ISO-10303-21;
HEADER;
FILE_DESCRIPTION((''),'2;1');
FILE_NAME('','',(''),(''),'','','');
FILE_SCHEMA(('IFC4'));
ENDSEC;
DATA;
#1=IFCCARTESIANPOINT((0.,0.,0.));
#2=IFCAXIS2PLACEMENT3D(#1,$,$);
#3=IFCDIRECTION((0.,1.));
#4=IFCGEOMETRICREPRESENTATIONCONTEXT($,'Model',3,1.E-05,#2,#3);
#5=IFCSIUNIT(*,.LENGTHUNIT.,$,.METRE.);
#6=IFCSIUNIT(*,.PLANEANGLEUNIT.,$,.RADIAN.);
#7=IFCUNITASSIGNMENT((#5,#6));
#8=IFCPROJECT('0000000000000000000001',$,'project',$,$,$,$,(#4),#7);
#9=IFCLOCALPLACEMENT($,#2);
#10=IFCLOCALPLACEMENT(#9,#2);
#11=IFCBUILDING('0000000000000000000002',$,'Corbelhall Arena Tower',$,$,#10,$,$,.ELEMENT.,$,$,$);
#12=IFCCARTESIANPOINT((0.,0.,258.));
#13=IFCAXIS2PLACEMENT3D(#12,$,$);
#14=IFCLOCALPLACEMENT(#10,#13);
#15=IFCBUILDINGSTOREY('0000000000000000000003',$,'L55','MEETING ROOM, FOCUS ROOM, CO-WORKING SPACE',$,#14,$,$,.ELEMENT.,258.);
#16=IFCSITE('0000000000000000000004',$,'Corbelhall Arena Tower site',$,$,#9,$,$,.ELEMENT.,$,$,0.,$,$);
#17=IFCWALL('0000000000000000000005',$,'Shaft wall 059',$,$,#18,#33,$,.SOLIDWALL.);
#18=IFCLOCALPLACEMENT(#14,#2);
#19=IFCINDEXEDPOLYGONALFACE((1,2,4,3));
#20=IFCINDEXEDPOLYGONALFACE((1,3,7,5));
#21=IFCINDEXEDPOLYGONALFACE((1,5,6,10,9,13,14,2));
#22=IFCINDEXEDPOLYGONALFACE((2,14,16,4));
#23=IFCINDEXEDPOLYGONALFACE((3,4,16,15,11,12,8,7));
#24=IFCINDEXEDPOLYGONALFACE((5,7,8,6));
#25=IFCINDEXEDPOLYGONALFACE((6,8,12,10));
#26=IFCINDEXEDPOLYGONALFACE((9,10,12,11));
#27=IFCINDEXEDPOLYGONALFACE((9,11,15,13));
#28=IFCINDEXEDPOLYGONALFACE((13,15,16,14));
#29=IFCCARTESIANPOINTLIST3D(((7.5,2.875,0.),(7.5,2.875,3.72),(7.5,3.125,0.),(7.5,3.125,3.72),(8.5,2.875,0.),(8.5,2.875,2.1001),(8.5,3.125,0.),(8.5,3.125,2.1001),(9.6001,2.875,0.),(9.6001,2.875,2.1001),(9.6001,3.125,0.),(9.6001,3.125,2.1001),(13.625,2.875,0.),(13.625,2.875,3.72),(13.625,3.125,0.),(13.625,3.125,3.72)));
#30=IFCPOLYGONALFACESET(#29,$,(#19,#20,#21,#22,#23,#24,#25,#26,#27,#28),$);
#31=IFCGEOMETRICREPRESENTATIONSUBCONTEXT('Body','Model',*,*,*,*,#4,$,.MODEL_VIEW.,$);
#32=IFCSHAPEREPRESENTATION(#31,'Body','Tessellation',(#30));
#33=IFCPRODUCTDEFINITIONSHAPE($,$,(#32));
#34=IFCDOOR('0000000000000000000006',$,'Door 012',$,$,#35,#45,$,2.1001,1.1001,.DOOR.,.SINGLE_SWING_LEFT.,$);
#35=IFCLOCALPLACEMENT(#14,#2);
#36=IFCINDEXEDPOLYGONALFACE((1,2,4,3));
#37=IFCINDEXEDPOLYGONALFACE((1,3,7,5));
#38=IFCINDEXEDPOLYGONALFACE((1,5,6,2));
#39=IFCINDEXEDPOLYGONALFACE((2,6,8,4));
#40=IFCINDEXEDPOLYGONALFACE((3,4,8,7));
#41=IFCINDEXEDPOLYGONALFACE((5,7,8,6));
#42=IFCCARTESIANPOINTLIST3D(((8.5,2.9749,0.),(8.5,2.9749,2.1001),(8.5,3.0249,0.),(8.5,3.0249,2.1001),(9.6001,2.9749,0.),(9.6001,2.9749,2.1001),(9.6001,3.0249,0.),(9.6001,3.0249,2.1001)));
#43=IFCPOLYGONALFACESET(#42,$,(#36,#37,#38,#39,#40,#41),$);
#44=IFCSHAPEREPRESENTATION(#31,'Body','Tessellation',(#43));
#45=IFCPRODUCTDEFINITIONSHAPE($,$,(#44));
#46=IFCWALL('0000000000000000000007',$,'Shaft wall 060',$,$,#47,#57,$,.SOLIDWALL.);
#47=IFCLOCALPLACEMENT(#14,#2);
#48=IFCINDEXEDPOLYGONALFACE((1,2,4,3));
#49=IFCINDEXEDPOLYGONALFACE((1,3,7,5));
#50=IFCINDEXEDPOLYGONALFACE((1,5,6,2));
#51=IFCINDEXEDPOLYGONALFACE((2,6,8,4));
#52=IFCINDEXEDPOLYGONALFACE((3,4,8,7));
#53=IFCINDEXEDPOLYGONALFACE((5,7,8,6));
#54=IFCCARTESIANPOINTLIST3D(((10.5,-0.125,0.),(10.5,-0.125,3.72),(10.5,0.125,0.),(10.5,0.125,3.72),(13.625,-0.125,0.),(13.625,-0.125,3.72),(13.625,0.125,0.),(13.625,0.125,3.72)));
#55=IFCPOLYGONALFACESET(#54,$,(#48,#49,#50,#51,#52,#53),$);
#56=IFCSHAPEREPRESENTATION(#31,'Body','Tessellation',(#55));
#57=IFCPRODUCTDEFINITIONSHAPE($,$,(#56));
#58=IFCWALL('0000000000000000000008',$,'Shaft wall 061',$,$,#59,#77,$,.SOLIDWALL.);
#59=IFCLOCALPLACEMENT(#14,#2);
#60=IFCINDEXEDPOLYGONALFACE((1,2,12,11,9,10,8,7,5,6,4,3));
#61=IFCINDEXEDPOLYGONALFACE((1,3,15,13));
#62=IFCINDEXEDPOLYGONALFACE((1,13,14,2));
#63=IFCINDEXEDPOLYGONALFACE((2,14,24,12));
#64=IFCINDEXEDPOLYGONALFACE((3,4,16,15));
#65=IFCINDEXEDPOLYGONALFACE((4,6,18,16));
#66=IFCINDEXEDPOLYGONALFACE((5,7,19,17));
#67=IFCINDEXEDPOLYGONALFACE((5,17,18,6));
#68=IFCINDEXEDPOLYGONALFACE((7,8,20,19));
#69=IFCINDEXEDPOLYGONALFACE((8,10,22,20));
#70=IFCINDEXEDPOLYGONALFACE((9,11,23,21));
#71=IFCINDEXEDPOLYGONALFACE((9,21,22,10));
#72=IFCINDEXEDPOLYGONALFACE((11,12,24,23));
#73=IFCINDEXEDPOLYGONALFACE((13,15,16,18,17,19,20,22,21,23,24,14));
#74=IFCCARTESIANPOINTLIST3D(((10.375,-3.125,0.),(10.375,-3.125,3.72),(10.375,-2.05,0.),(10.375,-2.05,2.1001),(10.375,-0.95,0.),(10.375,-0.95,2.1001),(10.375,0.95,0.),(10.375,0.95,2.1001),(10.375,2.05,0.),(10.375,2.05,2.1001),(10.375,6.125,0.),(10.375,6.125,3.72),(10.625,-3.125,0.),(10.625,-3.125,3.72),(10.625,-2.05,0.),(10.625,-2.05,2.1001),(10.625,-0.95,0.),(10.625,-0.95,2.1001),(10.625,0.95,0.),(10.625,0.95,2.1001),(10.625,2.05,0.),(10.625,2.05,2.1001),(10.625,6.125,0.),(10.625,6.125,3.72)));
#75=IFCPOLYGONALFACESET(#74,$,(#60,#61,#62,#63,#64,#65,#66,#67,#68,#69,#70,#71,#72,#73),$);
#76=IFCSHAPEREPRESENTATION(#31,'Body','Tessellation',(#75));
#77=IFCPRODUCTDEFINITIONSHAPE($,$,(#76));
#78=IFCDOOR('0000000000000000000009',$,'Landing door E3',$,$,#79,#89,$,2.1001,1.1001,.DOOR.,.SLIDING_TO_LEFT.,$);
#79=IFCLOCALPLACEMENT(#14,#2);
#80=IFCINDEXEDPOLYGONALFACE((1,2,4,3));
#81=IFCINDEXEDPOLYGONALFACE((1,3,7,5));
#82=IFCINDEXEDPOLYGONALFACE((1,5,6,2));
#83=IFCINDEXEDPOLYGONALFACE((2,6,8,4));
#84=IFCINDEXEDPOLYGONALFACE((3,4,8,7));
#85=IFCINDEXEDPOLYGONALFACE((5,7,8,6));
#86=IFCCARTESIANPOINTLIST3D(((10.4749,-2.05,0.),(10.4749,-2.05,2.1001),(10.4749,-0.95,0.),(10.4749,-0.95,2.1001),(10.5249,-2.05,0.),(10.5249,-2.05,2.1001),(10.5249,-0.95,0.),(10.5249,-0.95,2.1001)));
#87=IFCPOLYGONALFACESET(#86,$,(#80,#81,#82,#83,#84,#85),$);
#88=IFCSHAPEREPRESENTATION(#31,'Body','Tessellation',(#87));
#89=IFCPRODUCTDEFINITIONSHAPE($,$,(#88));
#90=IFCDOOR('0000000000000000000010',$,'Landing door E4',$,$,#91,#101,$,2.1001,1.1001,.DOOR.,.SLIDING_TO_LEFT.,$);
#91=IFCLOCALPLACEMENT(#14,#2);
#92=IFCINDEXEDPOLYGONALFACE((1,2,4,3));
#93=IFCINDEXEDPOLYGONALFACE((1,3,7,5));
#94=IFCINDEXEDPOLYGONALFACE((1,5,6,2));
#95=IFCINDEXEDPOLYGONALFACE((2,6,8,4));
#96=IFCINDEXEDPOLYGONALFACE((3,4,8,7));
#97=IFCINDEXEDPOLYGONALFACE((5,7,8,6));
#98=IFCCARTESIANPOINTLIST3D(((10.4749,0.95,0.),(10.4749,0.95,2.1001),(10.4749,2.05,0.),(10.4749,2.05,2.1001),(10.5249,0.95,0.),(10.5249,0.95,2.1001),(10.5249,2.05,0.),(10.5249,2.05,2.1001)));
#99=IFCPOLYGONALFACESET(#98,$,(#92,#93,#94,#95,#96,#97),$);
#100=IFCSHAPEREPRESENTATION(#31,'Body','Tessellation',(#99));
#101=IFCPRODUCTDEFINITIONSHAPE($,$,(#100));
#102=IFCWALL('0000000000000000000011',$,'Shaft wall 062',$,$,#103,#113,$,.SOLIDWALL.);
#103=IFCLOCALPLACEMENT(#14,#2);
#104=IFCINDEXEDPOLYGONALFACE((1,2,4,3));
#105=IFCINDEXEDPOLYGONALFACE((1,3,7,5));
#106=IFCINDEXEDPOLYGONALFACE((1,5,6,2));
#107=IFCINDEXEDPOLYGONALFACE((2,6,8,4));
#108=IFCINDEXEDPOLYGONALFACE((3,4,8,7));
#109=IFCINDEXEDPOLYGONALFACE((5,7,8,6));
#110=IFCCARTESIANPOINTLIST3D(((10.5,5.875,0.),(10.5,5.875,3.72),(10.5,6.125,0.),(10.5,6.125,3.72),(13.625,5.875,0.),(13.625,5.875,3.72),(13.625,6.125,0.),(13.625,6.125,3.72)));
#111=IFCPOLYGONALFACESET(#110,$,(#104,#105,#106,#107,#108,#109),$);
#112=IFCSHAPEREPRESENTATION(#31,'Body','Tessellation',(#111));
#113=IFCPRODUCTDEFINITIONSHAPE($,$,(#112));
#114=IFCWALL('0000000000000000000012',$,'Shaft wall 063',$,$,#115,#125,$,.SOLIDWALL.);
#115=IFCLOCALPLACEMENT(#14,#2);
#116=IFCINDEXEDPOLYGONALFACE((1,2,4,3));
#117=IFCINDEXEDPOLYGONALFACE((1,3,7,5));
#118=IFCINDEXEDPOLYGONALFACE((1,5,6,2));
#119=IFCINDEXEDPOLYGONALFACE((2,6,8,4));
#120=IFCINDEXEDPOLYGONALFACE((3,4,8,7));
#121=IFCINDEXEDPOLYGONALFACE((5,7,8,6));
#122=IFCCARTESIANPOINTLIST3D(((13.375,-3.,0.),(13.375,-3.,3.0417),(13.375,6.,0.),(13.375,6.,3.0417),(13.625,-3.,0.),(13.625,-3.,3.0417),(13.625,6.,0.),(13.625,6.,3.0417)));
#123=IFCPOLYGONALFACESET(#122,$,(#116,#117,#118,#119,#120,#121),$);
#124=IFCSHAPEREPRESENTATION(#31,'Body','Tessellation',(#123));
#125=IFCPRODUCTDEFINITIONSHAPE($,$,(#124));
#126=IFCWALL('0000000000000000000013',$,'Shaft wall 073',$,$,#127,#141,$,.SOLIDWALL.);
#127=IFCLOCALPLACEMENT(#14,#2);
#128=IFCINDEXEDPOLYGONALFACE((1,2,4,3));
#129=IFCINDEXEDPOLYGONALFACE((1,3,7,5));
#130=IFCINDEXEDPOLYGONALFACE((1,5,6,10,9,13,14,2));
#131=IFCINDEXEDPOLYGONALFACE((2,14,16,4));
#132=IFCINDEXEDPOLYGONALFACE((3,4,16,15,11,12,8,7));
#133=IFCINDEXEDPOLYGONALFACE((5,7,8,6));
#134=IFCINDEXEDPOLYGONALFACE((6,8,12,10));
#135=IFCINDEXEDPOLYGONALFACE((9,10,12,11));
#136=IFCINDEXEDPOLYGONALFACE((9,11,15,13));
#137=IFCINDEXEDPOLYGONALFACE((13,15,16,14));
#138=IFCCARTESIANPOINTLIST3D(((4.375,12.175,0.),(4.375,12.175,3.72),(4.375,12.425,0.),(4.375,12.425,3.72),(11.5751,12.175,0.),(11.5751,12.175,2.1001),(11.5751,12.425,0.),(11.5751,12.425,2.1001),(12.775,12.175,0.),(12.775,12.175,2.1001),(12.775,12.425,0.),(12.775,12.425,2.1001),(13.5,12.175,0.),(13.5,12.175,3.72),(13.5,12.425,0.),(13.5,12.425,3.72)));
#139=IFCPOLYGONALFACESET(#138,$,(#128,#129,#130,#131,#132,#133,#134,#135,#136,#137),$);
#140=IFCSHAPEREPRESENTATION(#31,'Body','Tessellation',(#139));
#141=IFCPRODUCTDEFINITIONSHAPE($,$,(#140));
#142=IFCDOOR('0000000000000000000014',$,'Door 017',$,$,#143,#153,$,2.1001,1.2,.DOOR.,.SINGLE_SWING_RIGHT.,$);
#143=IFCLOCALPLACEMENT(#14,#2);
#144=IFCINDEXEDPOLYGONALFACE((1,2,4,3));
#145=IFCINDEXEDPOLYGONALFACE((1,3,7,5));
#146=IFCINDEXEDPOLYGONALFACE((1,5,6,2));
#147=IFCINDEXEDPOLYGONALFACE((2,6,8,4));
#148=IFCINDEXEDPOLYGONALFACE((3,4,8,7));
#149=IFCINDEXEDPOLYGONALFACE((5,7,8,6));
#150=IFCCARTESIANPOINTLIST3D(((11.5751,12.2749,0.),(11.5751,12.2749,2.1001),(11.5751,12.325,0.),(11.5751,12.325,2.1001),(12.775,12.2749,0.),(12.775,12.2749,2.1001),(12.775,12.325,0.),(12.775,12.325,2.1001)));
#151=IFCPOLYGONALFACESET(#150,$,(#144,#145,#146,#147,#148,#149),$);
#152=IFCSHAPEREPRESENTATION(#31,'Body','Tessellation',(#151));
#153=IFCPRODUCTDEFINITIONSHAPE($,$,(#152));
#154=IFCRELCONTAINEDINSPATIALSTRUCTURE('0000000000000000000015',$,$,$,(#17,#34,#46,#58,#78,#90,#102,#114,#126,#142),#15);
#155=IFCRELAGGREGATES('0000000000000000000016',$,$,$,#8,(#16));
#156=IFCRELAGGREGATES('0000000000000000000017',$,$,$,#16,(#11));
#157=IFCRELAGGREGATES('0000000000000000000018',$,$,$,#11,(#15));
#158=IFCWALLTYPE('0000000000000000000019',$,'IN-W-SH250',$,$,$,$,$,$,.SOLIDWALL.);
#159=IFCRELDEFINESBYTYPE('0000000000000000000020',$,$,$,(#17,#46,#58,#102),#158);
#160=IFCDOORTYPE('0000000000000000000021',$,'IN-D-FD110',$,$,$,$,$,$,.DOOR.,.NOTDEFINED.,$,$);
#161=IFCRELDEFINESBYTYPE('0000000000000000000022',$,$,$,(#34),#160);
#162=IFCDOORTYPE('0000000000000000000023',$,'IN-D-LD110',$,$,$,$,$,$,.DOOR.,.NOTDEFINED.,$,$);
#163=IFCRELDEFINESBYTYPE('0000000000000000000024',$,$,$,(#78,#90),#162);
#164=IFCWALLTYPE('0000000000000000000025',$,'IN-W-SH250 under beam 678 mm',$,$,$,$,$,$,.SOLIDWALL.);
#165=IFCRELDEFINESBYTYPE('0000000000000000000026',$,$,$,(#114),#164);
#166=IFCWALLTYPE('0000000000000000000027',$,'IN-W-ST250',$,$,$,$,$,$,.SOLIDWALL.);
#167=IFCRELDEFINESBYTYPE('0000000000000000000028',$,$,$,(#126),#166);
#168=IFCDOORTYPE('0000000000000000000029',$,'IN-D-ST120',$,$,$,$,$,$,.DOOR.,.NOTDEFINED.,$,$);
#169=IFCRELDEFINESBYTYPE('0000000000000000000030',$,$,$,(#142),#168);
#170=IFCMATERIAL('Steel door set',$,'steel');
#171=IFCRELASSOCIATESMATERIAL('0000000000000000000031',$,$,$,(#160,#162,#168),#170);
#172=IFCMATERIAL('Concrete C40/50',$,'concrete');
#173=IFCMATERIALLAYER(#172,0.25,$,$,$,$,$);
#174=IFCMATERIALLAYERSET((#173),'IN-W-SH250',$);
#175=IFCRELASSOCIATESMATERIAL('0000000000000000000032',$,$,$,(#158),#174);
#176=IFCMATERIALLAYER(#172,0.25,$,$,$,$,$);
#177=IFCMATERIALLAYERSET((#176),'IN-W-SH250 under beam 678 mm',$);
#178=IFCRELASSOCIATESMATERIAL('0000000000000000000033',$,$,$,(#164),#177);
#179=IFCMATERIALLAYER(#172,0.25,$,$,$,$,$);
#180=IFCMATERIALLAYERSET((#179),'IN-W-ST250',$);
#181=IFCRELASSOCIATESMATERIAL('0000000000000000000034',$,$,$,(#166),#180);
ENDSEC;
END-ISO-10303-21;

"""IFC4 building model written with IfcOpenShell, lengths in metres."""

from ifc_helpers import new_model, si_unit, direction, frame, frame_2d, origin, place, context, subcontext, project, spatial, rectangle, extrude, material, layer, layer_set, type_object, element, fill, save


model = new_model("IFC4")

# Units and contexts
model_context = context("Model", 3, precision=1e-05, world=origin(), true_north=direction((0.0, 1.0)))
body_context = subcontext(model_context, "Body", "Model", "MODEL_VIEW")
ifc_project = project(units=[si_unit("LENGTHUNIT", "METRE"), si_unit("PLANEANGLEUNIT", "RADIAN")], contexts=[model_context])

# Site, building, storey
site_placement = place(None, origin())
site = spatial("IfcSite", under=ifc_project, at=site_placement, Name="Corbelhall Arena Tower site", CompositionType="ELEMENT", RefElevation=0.0)
building_placement = place(site_placement, origin())
building = spatial("IfcBuilding", under=site, at=building_placement, Name="Corbelhall Arena Tower", CompositionType="ELEMENT")
storey_placement = place(building_placement, frame((0.0, 0.0, 258.0)))
storey = spatial("IfcBuildingStorey", under=building, at=storey_placement, Name="L55", Description="MEETING ROOM, FOCUS ROOM, CO-WORKING SPACE", CompositionType="ELEMENT", Elevation=258.0)

# Shared definitions
ifc_material_1 = material(Name="Steel door set", Category="steel")
door_type_1 = type_object("IfcDoorType", Name="IN-D-FD110", OperationType="NOTDEFINED", PredefinedType="DOOR", material=ifc_material_1)

# Shared definitions
ifc_material_2 = material(Name="Concrete C40/50", Category="concrete")
ifc_layer_1 = layer(ifc_material_2, 0.25)
ifc_layer_set_1 = layer_set([ifc_layer_1], Name="IN-W-SH250")
wall_type_1 = type_object("IfcWallType", Name="IN-W-SH250", PredefinedType="SOLIDWALL", material=ifc_layer_set_1)

# Wall, opening, door
wall_1_placement = place(storey_placement, frame((7.5, 3.0, 0.0), z_axis=(0.0, 0.0, 1.0), x_axis=(1.0, 0.0, 0.0)))
wall_1 = element("IfcWall", 1, at=wall_1_placement, inside=storey, type_object=wall_type_1, Name="Shaft wall 059", PredefinedType="SOLIDWALL", context=body_context, shape_type="SweptSolid", body=[
    extrude(rectangle(XDim=6.125, YDim=0.25, at=frame_2d((3.0625, 0.0))), origin(), (0.0, 0.0, 1.0), 3.72),
])
opening_1_placement = place(wall_1_placement, frame((1.0, 0.0, 0.0)))
opening_1 = element("IfcOpeningElement", 2, at=opening_1_placement, cuts=wall_1, PredefinedType="OPENING", context=body_context, shape_type="SweptSolid", body=[
    extrude(rectangle(XDim=1.1001, YDim=2.1001, at=frame_2d((0.55, 1.05))), frame((0.0, 0.125, 0.0), z_axis=(0.0, -1.0, 0.0), x_axis=(1.0, 0.0, 0.0)), (0.0, 0.0, 1.0), 0.25),
])
door_1_placement = place(opening_1_placement, origin())
door_1 = element("IfcDoor", 3, at=door_1_placement, inside=storey, type_object=door_type_1, Name="Door 012", OperationType="SINGLE_SWING_LEFT", OverallHeight=2.1001, OverallWidth=1.1001, PredefinedType="DOOR", context=body_context, shape_type="SweptSolid", body=[
    extrude(rectangle(XDim=1.1001, YDim=2.1001, at=frame_2d((0.55, 1.05))), frame((0.0, 0.0249, 0.0), z_axis=(0.0, -1.0, 0.0), x_axis=(1.0, 0.0, 0.0)), (0.0, 0.0, 1.0), 0.05),
])
fill(opening_1, door_1)

# Wall
wall_2_placement = place(storey_placement, frame((10.5, 0.0, 0.0), z_axis=(0.0, 0.0, 1.0), x_axis=(1.0, 0.0, 0.0)))
element("IfcWall", 4, at=wall_2_placement, inside=storey, type_object=wall_type_1, Name="Shaft wall 060", PredefinedType="SOLIDWALL", context=body_context, shape_type="SweptSolid", body=[
    extrude(rectangle(XDim=3.125, YDim=0.25, at=frame_2d((1.5625, 0.0))), origin(), (0.0, 0.0, 1.0), 3.72),
])

# Wall, openings, doors
wall_3_placement = place(storey_placement, frame((10.5, 6.125, 0.0), z_axis=(0.0, 0.0, 1.0), x_axis=(0.0, -1.0, 0.0)))
wall_3 = element("IfcWall", 5, at=wall_3_placement, inside=storey, type_object=wall_type_1, Name="Shaft wall 061", PredefinedType="SOLIDWALL", context=body_context, shape_type="SweptSolid", body=[
    extrude(rectangle(XDim=9.25, YDim=0.25, at=frame_2d((4.625, 0.0))), origin(), (0.0, 0.0, 1.0), 3.72),
])
opening_2_placement = place(wall_3_placement, frame((7.075, 0.0, 0.0)))
opening_2 = element("IfcOpeningElement", 6, at=opening_2_placement, cuts=wall_3, PredefinedType="OPENING", context=body_context, shape_type="SweptSolid", body=[
    extrude(rectangle(XDim=1.1001, YDim=2.1001, at=frame_2d((0.55, 1.05))), frame((0.0, 0.125, 0.0), z_axis=(0.0, -1.0, 0.0), x_axis=(1.0, 0.0, 0.0)), (0.0, 0.0, 1.0), 0.25),
])
opening_3_placement = place(wall_3_placement, frame((4.075, 0.0, 0.0)))
opening_3 = element("IfcOpeningElement", 7, at=opening_3_placement, cuts=wall_3, PredefinedType="OPENING", context=body_context, shape_type="SweptSolid", body=[
    extrude(rectangle(XDim=1.1001, YDim=2.1001, at=frame_2d((0.55, 1.05))), frame((0.0, 0.125, 0.0), z_axis=(0.0, -1.0, 0.0), x_axis=(1.0, 0.0, 0.0)), (0.0, 0.0, 1.0), 0.25),
])
door_type_2 = type_object("IfcDoorType", Name="IN-D-LD110", OperationType="NOTDEFINED", PredefinedType="DOOR", material=ifc_material_1)
door_2_placement = place(opening_2_placement, origin())
door_2 = element("IfcDoor", 8, at=door_2_placement, inside=storey, type_object=door_type_2, Name="Landing door E3", OperationType="SLIDING_TO_LEFT", OverallHeight=2.1001, OverallWidth=1.1001, PredefinedType="DOOR", context=body_context, shape_type="SweptSolid", body=[
    extrude(rectangle(XDim=1.1001, YDim=2.1001, at=frame_2d((0.55, 1.05))), frame((0.0, 0.0249, 0.0), z_axis=(0.0, -1.0, 0.0), x_axis=(1.0, 0.0, 0.0)), (0.0, 0.0, 1.0), 0.05),
])
fill(opening_2, door_2)
door_3_placement = place(opening_3_placement, origin())
door_3 = element("IfcDoor", 9, at=door_3_placement, inside=storey, type_object=door_type_2, Name="Landing door E4", OperationType="SLIDING_TO_LEFT", OverallHeight=2.1001, OverallWidth=1.1001, PredefinedType="DOOR", context=body_context, shape_type="SweptSolid", body=[
    extrude(rectangle(XDim=1.1001, YDim=2.1001, at=frame_2d((0.55, 1.05))), frame((0.0, 0.0249, 0.0), z_axis=(0.0, -1.0, 0.0), x_axis=(1.0, 0.0, 0.0)), (0.0, 0.0, 1.0), 0.05),
])
fill(opening_3, door_3)

# Walls
wall_4_placement = place(storey_placement, frame((10.5, 6.0, 0.0), z_axis=(0.0, 0.0, 1.0), x_axis=(1.0, 0.0, 0.0)))
element("IfcWall", 10, at=wall_4_placement, inside=storey, type_object=wall_type_1, Name="Shaft wall 062", PredefinedType="SOLIDWALL", context=body_context, shape_type="SweptSolid", body=[
    extrude(rectangle(XDim=3.125, YDim=0.25, at=frame_2d((1.5625, 0.0))), origin(), (0.0, 0.0, 1.0), 3.72),
])
ifc_layer_2 = layer(ifc_material_2, 0.25)
ifc_layer_set_2 = layer_set([ifc_layer_2], Name="IN-W-SH250 under beam 678 mm")
wall_type_2 = type_object("IfcWallType", Name="IN-W-SH250 under beam 678 mm", PredefinedType="SOLIDWALL", material=ifc_layer_set_2)
wall_5_placement = place(storey_placement, frame((13.5, 6.0, 0.0), z_axis=(0.0, 0.0, 1.0), x_axis=(0.0, -1.0, 0.0)))
element("IfcWall", 11, at=wall_5_placement, inside=storey, type_object=wall_type_2, Name="Shaft wall 063", PredefinedType="SOLIDWALL", context=body_context, shape_type="SweptSolid", body=[
    extrude(rectangle(XDim=9.0, YDim=0.25, at=frame_2d((4.5, 0.0))), origin(), (0.0, 0.0, 1.0), 3.0417),
])

# Wall, opening, door
ifc_layer_3 = layer(ifc_material_2, 0.25)
ifc_layer_set_3 = layer_set([ifc_layer_3], Name="IN-W-ST250")
wall_type_3 = type_object("IfcWallType", Name="IN-W-ST250", PredefinedType="SOLIDWALL", material=ifc_layer_set_3)
wall_6_placement = place(storey_placement, frame((4.375, 12.3, 0.0), z_axis=(0.0, 0.0, 1.0), x_axis=(1.0, 0.0, 0.0)))
wall_6 = element("IfcWall", 12, at=wall_6_placement, inside=storey, type_object=wall_type_3, Name="Shaft wall 073", PredefinedType="SOLIDWALL", context=body_context, shape_type="SweptSolid", body=[
    extrude(rectangle(XDim=9.125, YDim=0.25, at=frame_2d((4.5625, 0.0))), origin(), (0.0, 0.0, 1.0), 3.72),
])
opening_4_placement = place(wall_6_placement, frame((7.2, 0.0, 0.0)))
opening_4 = element("IfcOpeningElement", 13, at=opening_4_placement, cuts=wall_6, PredefinedType="OPENING", context=body_context, shape_type="SweptSolid", body=[
    extrude(rectangle(XDim=1.2, YDim=2.1001, at=frame_2d((0.6001, 1.05))), frame((0.0, 0.125, 0.0), z_axis=(0.0, -1.0, 0.0), x_axis=(1.0, 0.0, 0.0)), (0.0, 0.0, 1.0), 0.25),
])
door_type_3 = type_object("IfcDoorType", Name="IN-D-ST120", OperationType="NOTDEFINED", PredefinedType="DOOR", material=ifc_material_1)
door_4_placement = place(opening_4_placement, origin())
door_4 = element("IfcDoor", 14, at=door_4_placement, inside=storey, type_object=door_type_3, Name="Door 017", OperationType="SINGLE_SWING_RIGHT", OverallHeight=2.1001, OverallWidth=1.2, PredefinedType="DOOR", context=body_context, shape_type="SweptSolid", body=[
    extrude(rectangle(XDim=1.2, YDim=2.1001, at=frame_2d((0.6001, 1.05))), frame((0.0, 0.0249, 0.0), z_axis=(0.0, -1.0, 0.0), x_axis=(1.0, 0.0, 0.0)), (0.0, 0.0, 1.0), 0.05),
])
fill(opening_4, door_4)

save(model, "model.ifc")
